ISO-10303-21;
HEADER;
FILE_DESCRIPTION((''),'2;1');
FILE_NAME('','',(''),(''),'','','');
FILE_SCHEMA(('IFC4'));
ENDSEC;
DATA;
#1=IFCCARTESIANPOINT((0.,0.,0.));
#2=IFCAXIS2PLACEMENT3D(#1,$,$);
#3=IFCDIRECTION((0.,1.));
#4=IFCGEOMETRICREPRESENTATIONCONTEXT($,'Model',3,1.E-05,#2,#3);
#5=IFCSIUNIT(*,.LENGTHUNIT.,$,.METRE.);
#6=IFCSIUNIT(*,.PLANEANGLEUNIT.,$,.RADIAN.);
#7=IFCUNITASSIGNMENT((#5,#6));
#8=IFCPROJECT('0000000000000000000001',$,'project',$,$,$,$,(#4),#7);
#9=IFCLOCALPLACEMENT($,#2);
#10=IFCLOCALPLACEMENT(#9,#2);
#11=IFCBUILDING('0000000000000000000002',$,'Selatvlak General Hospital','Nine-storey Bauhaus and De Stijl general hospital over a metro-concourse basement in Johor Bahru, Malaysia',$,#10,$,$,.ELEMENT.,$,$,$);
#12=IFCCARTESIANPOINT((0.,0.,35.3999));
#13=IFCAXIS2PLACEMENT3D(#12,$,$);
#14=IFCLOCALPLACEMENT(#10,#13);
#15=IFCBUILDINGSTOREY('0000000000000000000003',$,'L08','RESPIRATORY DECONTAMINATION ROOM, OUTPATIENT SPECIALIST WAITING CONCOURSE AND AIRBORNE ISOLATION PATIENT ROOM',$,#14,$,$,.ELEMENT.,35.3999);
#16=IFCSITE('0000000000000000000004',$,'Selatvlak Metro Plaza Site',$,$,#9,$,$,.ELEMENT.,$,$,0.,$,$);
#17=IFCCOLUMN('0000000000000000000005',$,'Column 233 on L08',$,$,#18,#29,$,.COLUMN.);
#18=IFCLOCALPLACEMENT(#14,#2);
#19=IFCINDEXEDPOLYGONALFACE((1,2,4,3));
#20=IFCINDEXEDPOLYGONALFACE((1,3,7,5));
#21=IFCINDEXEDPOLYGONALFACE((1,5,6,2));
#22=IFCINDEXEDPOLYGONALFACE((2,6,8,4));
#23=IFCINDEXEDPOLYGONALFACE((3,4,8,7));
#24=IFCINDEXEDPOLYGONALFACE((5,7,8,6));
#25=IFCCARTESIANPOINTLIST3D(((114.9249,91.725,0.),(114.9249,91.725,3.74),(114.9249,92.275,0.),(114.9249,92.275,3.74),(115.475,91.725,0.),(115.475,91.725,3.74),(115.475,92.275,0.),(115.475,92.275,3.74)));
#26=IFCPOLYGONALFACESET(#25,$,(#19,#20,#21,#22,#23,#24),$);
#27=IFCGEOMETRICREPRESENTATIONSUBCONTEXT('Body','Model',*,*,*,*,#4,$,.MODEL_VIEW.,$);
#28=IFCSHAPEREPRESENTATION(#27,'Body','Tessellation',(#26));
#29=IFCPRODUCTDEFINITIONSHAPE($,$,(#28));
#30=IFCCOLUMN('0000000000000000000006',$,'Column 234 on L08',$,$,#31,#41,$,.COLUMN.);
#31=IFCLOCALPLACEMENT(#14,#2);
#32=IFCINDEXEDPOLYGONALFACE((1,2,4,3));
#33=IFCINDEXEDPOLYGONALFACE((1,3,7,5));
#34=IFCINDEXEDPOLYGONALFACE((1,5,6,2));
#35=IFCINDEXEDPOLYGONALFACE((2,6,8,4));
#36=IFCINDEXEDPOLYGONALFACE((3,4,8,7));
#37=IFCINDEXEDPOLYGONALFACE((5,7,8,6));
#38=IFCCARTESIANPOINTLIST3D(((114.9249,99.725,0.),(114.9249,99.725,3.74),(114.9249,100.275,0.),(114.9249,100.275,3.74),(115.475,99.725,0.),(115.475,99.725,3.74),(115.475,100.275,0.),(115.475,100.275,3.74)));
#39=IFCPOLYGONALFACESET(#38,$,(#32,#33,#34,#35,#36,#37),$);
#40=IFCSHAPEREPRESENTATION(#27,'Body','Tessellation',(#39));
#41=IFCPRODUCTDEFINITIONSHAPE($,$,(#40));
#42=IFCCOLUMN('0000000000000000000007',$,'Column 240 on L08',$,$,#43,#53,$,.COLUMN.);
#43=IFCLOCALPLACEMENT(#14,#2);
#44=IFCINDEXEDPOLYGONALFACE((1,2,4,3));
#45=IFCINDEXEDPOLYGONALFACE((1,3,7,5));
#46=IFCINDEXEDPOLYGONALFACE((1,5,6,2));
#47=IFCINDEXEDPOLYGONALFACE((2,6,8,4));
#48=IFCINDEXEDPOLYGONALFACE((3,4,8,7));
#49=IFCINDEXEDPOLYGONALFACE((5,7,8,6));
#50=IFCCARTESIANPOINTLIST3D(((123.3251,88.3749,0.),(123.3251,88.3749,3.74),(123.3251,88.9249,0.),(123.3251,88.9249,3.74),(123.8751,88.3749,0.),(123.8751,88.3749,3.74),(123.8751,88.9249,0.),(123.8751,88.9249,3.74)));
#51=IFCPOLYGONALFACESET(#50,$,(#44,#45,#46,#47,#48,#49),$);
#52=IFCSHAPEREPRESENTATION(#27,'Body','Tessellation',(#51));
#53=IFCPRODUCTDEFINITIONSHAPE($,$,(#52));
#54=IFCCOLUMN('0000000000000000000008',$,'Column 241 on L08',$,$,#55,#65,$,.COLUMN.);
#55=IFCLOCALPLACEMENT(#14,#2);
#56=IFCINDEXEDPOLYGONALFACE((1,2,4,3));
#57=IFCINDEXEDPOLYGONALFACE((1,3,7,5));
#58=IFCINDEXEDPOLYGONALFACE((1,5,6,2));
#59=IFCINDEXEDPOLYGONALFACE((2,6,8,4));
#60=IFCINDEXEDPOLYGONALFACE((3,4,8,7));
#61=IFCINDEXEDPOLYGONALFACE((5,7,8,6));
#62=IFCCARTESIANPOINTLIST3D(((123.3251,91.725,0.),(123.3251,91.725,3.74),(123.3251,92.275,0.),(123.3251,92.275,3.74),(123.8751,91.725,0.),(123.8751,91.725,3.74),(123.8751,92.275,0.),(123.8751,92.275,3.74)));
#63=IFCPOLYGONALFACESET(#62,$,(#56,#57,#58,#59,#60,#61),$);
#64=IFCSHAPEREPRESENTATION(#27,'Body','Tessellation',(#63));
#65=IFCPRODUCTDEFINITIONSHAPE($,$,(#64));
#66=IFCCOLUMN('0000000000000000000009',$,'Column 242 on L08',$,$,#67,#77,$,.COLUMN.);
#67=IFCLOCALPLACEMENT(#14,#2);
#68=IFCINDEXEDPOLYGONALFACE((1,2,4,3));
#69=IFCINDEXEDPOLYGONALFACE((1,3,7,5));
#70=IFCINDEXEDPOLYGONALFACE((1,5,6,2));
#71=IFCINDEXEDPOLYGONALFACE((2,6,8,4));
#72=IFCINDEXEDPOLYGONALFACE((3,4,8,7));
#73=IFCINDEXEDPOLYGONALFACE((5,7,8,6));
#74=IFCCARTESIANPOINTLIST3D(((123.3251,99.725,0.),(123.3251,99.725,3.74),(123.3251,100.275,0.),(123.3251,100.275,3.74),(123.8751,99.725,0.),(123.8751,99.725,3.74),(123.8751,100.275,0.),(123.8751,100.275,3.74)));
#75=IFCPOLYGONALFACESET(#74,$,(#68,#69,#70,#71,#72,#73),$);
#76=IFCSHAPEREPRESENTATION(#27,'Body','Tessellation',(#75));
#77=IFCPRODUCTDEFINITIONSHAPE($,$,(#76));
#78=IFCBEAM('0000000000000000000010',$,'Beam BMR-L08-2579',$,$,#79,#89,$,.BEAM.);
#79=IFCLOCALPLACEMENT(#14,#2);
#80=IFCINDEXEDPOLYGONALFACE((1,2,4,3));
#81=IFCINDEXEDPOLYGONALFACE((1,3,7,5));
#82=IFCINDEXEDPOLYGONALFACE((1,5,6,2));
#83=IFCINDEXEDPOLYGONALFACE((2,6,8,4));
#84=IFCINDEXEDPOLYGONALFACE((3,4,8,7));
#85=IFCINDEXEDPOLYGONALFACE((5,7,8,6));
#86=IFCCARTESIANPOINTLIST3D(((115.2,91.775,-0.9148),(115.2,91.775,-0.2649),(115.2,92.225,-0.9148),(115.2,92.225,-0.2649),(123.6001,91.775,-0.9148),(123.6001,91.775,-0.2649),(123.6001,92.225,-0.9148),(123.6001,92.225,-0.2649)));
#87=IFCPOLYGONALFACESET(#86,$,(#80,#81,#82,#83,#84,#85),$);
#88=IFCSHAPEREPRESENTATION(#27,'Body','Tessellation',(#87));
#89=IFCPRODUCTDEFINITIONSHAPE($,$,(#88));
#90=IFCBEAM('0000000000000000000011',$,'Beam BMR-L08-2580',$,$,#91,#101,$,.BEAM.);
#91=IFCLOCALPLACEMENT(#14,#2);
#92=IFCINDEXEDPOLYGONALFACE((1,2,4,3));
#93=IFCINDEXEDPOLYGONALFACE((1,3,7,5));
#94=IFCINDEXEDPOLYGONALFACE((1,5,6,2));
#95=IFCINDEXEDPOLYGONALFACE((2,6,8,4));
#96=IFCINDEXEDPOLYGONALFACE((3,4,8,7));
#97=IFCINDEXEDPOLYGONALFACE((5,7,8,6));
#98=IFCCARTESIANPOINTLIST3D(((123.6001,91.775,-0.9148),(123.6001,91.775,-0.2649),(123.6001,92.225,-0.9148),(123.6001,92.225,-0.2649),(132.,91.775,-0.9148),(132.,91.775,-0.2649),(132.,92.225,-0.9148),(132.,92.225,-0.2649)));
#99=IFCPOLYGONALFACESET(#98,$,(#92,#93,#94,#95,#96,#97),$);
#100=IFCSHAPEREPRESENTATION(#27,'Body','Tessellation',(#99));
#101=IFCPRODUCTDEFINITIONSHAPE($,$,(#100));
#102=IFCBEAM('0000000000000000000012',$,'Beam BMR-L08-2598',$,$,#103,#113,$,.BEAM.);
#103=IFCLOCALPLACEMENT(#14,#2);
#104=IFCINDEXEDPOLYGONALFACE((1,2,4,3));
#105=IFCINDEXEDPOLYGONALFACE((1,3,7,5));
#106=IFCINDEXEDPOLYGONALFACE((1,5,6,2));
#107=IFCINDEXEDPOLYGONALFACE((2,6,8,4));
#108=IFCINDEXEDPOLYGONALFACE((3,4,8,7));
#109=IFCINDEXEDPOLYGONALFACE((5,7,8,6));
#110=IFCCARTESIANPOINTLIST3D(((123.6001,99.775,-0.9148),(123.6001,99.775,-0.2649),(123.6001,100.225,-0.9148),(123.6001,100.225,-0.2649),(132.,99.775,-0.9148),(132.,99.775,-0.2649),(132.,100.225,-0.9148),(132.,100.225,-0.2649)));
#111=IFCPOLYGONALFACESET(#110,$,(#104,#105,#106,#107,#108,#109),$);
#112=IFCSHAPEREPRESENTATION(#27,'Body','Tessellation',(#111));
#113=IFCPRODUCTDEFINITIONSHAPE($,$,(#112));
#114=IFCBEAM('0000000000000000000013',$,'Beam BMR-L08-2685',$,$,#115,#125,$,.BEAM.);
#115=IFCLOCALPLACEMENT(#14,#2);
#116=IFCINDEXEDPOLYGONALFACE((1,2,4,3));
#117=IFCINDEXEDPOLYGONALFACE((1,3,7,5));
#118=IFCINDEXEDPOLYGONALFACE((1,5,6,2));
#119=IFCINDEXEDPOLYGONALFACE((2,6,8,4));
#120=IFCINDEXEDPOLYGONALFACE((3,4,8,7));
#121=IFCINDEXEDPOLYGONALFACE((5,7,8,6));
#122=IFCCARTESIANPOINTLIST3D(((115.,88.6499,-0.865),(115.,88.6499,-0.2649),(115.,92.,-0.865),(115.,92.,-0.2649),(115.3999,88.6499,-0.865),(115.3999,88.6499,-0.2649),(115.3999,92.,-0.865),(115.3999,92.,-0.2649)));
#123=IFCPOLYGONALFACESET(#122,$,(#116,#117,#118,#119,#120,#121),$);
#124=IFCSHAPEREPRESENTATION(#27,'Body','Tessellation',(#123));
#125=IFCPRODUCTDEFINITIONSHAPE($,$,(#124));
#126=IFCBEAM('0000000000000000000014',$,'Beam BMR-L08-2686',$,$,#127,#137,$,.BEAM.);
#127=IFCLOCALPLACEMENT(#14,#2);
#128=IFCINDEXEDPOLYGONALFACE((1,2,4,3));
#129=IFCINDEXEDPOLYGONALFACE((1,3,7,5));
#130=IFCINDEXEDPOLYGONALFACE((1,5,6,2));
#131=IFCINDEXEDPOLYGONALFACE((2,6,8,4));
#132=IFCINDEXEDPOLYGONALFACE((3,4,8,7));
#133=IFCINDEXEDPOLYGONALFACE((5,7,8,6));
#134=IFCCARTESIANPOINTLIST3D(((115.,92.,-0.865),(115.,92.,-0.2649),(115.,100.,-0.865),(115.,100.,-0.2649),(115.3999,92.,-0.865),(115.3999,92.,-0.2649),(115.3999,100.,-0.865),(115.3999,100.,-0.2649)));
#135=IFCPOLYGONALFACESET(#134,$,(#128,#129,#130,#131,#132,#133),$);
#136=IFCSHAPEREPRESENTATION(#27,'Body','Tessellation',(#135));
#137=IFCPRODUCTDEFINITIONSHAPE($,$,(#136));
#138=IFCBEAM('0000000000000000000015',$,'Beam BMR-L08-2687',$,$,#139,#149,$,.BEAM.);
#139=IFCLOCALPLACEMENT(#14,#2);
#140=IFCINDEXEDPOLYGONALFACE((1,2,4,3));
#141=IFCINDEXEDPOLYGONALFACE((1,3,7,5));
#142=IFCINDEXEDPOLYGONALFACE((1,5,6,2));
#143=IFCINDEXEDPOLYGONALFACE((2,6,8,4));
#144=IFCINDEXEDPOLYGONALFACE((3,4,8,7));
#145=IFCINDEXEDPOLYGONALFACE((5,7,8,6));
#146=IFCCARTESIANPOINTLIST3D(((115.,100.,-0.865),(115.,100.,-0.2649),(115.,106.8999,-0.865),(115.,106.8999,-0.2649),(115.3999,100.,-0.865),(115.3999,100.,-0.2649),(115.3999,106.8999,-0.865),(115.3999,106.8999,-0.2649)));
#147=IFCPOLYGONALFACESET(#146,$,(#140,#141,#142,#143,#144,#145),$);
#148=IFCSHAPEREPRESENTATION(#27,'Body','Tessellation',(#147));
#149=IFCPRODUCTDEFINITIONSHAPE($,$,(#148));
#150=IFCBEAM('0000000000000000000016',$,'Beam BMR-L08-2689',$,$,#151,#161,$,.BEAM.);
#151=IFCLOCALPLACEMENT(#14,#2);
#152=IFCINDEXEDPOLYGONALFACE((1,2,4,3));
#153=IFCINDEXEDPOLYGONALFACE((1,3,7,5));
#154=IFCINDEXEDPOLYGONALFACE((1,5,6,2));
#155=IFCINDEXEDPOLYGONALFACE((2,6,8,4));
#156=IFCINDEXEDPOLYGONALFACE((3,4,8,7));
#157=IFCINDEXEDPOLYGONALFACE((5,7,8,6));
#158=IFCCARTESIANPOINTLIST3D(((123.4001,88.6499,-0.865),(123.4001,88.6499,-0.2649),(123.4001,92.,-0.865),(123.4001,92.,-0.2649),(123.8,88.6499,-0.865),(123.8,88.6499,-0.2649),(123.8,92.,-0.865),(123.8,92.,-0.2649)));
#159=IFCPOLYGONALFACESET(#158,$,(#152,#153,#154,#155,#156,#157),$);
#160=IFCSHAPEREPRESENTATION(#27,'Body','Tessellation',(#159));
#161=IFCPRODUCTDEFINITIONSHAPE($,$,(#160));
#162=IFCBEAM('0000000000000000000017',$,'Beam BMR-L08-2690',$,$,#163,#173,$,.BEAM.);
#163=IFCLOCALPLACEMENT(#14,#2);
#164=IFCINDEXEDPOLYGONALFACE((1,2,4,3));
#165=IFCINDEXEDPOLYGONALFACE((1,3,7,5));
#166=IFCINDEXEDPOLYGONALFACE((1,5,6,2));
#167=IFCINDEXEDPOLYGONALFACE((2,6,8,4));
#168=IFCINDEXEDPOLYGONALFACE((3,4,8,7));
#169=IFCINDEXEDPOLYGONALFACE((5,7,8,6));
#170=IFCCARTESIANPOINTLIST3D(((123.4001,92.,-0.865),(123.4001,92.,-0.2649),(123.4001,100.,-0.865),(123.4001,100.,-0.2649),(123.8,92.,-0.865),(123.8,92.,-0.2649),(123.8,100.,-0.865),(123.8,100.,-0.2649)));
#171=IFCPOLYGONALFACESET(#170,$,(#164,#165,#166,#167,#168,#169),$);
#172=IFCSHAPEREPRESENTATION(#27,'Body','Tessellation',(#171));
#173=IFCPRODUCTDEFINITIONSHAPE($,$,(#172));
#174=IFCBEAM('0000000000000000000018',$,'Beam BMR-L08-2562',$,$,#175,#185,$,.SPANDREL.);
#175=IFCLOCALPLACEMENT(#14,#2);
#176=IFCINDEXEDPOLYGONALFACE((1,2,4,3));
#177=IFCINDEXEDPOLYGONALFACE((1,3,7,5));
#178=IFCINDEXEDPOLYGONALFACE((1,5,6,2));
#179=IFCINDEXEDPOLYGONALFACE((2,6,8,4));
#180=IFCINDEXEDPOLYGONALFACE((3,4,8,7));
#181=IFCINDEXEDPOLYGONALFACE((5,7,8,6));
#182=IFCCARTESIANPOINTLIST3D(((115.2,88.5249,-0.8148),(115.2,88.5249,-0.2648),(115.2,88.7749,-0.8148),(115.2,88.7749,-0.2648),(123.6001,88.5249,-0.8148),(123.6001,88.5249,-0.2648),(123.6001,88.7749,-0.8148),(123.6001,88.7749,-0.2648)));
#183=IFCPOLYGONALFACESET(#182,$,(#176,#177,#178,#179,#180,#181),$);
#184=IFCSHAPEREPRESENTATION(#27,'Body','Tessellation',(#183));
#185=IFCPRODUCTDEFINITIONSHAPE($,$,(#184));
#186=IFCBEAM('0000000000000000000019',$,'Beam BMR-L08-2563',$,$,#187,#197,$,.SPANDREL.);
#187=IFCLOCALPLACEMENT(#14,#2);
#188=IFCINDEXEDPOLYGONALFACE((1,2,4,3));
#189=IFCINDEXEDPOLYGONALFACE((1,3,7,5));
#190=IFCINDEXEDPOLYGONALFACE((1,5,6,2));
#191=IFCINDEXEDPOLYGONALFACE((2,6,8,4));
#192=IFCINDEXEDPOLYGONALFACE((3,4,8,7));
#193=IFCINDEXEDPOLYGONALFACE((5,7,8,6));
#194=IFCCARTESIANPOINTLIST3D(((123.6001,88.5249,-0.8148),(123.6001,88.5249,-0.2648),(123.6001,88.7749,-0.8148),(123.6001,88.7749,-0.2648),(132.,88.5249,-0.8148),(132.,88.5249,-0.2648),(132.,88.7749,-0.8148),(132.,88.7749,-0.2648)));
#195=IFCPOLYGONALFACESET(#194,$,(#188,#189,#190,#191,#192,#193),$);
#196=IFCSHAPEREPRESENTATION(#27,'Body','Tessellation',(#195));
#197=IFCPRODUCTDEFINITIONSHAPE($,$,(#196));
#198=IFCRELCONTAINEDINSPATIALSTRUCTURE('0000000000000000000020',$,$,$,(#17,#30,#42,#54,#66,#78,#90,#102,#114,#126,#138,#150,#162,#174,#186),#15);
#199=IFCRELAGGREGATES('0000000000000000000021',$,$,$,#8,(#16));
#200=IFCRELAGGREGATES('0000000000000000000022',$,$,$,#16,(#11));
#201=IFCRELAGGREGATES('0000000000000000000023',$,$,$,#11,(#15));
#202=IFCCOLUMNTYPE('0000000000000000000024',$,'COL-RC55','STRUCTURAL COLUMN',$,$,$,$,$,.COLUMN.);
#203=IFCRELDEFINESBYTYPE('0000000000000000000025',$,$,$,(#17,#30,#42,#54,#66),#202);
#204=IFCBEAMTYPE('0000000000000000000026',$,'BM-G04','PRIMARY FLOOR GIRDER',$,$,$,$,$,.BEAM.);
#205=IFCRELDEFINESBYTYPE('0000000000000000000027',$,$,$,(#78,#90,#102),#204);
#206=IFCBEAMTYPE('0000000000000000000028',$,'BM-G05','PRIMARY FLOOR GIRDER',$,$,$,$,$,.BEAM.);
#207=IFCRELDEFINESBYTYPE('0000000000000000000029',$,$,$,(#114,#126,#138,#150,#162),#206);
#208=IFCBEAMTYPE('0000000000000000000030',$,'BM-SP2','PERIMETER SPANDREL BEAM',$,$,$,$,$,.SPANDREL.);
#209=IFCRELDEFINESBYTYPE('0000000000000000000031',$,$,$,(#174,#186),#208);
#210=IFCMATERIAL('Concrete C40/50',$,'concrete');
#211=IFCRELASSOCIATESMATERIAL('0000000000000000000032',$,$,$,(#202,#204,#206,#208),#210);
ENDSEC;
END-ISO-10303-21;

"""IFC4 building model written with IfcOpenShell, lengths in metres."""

from ifc_helpers import new_model, si_unit, direction, frame, origin, origin_2d, place, context, subcontext, project, spatial, rectangle, extrude, material, material_profile, profile_set, type_object, element, save


model = new_model("IFC4")

# Units and contexts
model_context = context("Model", 3, precision=1e-05, world=origin(), true_north=direction((0.0, 1.0)))
body_context = subcontext(model_context, "Body", "Model", "MODEL_VIEW")
ifc_project = project(units=[si_unit("LENGTHUNIT", "METRE"), si_unit("PLANEANGLEUNIT", "RADIAN")], contexts=[model_context])

# Site, building, storey
site_placement = place(None, origin())
site = spatial("IfcSite", under=ifc_project, at=site_placement, Name="Selatvlak Metro Plaza Site", CompositionType="ELEMENT", RefElevation=0.0)
building_placement = place(site_placement, origin())
building = spatial("IfcBuilding", under=site, at=building_placement, Name="Selatvlak General Hospital", Description="Nine-storey Bauhaus and De Stijl general hospital over a metro-concourse basement in Johor Bahru, Malaysia", CompositionType="ELEMENT")
storey_placement = place(building_placement, frame((0.0, 0.0, 35.3999)))
storey = spatial("IfcBuildingStorey", under=building, at=storey_placement, Name="L08", Description="RESPIRATORY DECONTAMINATION ROOM, OUTPATIENT SPECIALIST WAITING CONCOURSE AND AIRBORNE ISOLATION PATIENT ROOM", CompositionType="ELEMENT", Elevation=35.3999)

# Columns
ifc_material = material(Name="Concrete C40/50", Category="concrete")
ifc_material_profile_1 = material_profile(ifc_material, rectangle(XDim=0.55, YDim=0.55, at=origin_2d()), Name="RC-COL 550x550")
ifc_profile_set_1 = profile_set([ifc_material_profile_1], Name="Concrete C40/50")
column_type = type_object("IfcColumnType", Name="COL-RC55", Description="STRUCTURAL COLUMN", PredefinedType="COLUMN", material=ifc_profile_set_1)
for number, where, z_axis, x_axis, name in (
    (1, (115.2, 92.0, 0.0), (0.0, 0.0, 1.0), (1.0, 0.0, 0.0), "Column 233 on L08"),
    (2, (115.2, 100.0, 0.0), (0.0, 0.0, 1.0), (1.0, 0.0, 0.0), "Column 234 on L08"),
    (3, (123.6001, 88.6499, 0.0), (0.0, 0.0, 1.0), (1.0, 0.0, 0.0), "Column 240 on L08"),
    (4, (123.6001, 92.0, 0.0), (0.0, 0.0, 1.0), (1.0, 0.0, 0.0), "Column 241 on L08"),
    (5, (123.6001, 100.0, 0.0), (0.0, 0.0, 1.0), (1.0, 0.0, 0.0), "Column 242 on L08"),
):
    element("IfcColumn", number, at=place(storey_placement, frame(where, z_axis=z_axis, x_axis=x_axis)), inside=storey, type_object=column_type, Name=name, PredefinedType="COLUMN", context=body_context, shape_type="SweptSolid", body=[
        extrude(rectangle(XDim=0.55, YDim=0.55, at=origin_2d()), origin(), (0.0, 0.0, 1.0), 3.74),
    ])

# Beams
ifc_material_profile_2 = material_profile(ifc_material, rectangle(XDim=0.45, YDim=0.6499, at=origin_2d()), Name="RC-BM 450x650")
ifc_profile_set_2 = profile_set([ifc_material_profile_2], Name="Concrete C40/50")
beam_type_1 = type_object("IfcBeamType", Name="BM-G04", Description="PRIMARY FLOOR GIRDER", PredefinedType="BEAM", material=ifc_profile_set_2)
beam_1_placement = place(storey_placement, frame((115.2, 92.0, -0.5898), z_axis=(1.0, 0.0, 0.0), x_axis=(0.0, 1.0, 0.0)))
element("IfcBeam", 6, at=beam_1_placement, inside=storey, type_object=beam_type_1, Name="Beam BMR-L08-2579", PredefinedType="BEAM", context=body_context, shape_type="SweptSolid", body=[
    extrude(rectangle(XDim=0.45, YDim=0.6499, at=origin_2d()), origin(), (0.0, 0.0, 1.0), 8.4001),
])
for number, where, z_axis, x_axis, name in (
    (7, (123.6001, 92.0, -0.5898), (1.0, 0.0, 0.0), (0.0, 1.0, 0.0), "Beam BMR-L08-2580"),
    (8, (123.6001, 100.0, -0.5898), (1.0, 0.0, 0.0), (0.0, 1.0, 0.0), "Beam BMR-L08-2598"),
):
    element("IfcBeam", number, at=place(storey_placement, frame(where, z_axis=z_axis, x_axis=x_axis)), inside=storey, type_object=beam_type_1, Name=name, PredefinedType="BEAM", context=body_context, shape_type="SweptSolid", body=[
        extrude(rectangle(XDim=0.45, YDim=0.6499, at=origin_2d()), origin(), (0.0, 0.0, 1.0), 8.3999),
    ])
ifc_material_profile_3 = material_profile(ifc_material, rectangle(XDim=0.3999, YDim=0.6001, at=origin_2d()), Name="RC-BM 400x600")
ifc_profile_set_3 = profile_set([ifc_material_profile_3], Name="Concrete C40/50")
beam_type_2 = type_object("IfcBeamType", Name="BM-G05", Description="PRIMARY FLOOR GIRDER", PredefinedType="BEAM", material=ifc_profile_set_3)
beam_2_placement = place(storey_placement, frame((115.2, 88.6499, -0.5649), z_axis=(0.0, 1.0, 0.0), x_axis=(-1.0, 0.0, 0.0)))
element("IfcBeam", 9, at=beam_2_placement, inside=storey, type_object=beam_type_2, Name="Beam BMR-L08-2685", PredefinedType="BEAM", context=body_context, shape_type="SweptSolid", body=[
    extrude(rectangle(XDim=0.3999, YDim=0.6001, at=origin_2d()), origin(), (0.0, 0.0, 1.0), 3.3501),
])
beam_3_placement = place(storey_placement, frame((115.2, 92.0, -0.5649), z_axis=(0.0, 1.0, 0.0), x_axis=(-1.0, 0.0, 0.0)))
element("IfcBeam", 10, at=beam_3_placement, inside=storey, type_object=beam_type_2, Name="Beam BMR-L08-2686", PredefinedType="BEAM", context=body_context, shape_type="SweptSolid", body=[
    extrude(rectangle(XDim=0.3999, YDim=0.6001, at=origin_2d()), origin(), (0.0, 0.0, 1.0), 8.0),
])
beam_4_placement = place(storey_placement, frame((115.2, 100.0, -0.5649), z_axis=(0.0, 1.0, 0.0), x_axis=(-1.0, 0.0, 0.0)))
element("IfcBeam", 11, at=beam_4_placement, inside=storey, type_object=beam_type_2, Name="Beam BMR-L08-2687", PredefinedType="BEAM", context=body_context, shape_type="SweptSolid", body=[
    extrude(rectangle(XDim=0.3999, YDim=0.6001, at=origin_2d()), origin(), (0.0, 0.0, 1.0), 6.8999),
])
beam_5_placement = place(storey_placement, frame((123.6001, 88.6499, -0.5649), z_axis=(0.0, 1.0, 0.0), x_axis=(-1.0, 0.0, 0.0)))
element("IfcBeam", 12, at=beam_5_placement, inside=storey, type_object=beam_type_2, Name="Beam BMR-L08-2689", PredefinedType="BEAM", context=body_context, shape_type="SweptSolid", body=[
    extrude(rectangle(XDim=0.3999, YDim=0.6001, at=origin_2d()), origin(), (0.0, 0.0, 1.0), 3.3501),
])
beam_6_placement = place(storey_placement, frame((123.6001, 92.0, -0.5649), z_axis=(0.0, 1.0, 0.0), x_axis=(-1.0, 0.0, 0.0)))
element("IfcBeam", 13, at=beam_6_placement, inside=storey, type_object=beam_type_2, Name="Beam BMR-L08-2690", PredefinedType="BEAM", context=body_context, shape_type="SweptSolid", body=[
    extrude(rectangle(XDim=0.3999, YDim=0.6001, at=origin_2d()), origin(), (0.0, 0.0, 1.0), 8.0),
])
ifc_material_profile_4 = material_profile(ifc_material, rectangle(XDim=0.25, YDim=0.55, at=origin_2d()), Name="RC-SP 250x550")
ifc_profile_set_4 = profile_set([ifc_material_profile_4], Name="Concrete C40/50")
beam_type_3 = type_object("IfcBeamType", Name="BM-SP2", Description="PERIMETER SPANDREL BEAM", PredefinedType="SPANDREL", material=ifc_profile_set_4)
beam_7_placement = place(storey_placement, frame((115.2, 88.6499, -0.5398), z_axis=(1.0, 0.0, 0.0), x_axis=(0.0, 1.0, 0.0)))
element("IfcBeam", 14, at=beam_7_placement, inside=storey, type_object=beam_type_3, Name="Beam BMR-L08-2562", PredefinedType="SPANDREL", context=body_context, shape_type="SweptSolid", body=[
    extrude(rectangle(XDim=0.25, YDim=0.55, at=origin_2d()), origin(), (0.0, 0.0, 1.0), 8.4001),
])
beam_8_placement = place(storey_placement, frame((123.6001, 88.6499, -0.5398), z_axis=(1.0, 0.0, 0.0), x_axis=(0.0, 1.0, 0.0)))
element("IfcBeam", 15, at=beam_8_placement, inside=storey, type_object=beam_type_3, Name="Beam BMR-L08-2563", PredefinedType="SPANDREL", context=body_context, shape_type="SweptSolid", body=[
    extrude(rectangle(XDim=0.25, YDim=0.55, at=origin_2d()), origin(), (0.0, 0.0, 1.0), 8.3999),
])

save(model, "model.ifc")
